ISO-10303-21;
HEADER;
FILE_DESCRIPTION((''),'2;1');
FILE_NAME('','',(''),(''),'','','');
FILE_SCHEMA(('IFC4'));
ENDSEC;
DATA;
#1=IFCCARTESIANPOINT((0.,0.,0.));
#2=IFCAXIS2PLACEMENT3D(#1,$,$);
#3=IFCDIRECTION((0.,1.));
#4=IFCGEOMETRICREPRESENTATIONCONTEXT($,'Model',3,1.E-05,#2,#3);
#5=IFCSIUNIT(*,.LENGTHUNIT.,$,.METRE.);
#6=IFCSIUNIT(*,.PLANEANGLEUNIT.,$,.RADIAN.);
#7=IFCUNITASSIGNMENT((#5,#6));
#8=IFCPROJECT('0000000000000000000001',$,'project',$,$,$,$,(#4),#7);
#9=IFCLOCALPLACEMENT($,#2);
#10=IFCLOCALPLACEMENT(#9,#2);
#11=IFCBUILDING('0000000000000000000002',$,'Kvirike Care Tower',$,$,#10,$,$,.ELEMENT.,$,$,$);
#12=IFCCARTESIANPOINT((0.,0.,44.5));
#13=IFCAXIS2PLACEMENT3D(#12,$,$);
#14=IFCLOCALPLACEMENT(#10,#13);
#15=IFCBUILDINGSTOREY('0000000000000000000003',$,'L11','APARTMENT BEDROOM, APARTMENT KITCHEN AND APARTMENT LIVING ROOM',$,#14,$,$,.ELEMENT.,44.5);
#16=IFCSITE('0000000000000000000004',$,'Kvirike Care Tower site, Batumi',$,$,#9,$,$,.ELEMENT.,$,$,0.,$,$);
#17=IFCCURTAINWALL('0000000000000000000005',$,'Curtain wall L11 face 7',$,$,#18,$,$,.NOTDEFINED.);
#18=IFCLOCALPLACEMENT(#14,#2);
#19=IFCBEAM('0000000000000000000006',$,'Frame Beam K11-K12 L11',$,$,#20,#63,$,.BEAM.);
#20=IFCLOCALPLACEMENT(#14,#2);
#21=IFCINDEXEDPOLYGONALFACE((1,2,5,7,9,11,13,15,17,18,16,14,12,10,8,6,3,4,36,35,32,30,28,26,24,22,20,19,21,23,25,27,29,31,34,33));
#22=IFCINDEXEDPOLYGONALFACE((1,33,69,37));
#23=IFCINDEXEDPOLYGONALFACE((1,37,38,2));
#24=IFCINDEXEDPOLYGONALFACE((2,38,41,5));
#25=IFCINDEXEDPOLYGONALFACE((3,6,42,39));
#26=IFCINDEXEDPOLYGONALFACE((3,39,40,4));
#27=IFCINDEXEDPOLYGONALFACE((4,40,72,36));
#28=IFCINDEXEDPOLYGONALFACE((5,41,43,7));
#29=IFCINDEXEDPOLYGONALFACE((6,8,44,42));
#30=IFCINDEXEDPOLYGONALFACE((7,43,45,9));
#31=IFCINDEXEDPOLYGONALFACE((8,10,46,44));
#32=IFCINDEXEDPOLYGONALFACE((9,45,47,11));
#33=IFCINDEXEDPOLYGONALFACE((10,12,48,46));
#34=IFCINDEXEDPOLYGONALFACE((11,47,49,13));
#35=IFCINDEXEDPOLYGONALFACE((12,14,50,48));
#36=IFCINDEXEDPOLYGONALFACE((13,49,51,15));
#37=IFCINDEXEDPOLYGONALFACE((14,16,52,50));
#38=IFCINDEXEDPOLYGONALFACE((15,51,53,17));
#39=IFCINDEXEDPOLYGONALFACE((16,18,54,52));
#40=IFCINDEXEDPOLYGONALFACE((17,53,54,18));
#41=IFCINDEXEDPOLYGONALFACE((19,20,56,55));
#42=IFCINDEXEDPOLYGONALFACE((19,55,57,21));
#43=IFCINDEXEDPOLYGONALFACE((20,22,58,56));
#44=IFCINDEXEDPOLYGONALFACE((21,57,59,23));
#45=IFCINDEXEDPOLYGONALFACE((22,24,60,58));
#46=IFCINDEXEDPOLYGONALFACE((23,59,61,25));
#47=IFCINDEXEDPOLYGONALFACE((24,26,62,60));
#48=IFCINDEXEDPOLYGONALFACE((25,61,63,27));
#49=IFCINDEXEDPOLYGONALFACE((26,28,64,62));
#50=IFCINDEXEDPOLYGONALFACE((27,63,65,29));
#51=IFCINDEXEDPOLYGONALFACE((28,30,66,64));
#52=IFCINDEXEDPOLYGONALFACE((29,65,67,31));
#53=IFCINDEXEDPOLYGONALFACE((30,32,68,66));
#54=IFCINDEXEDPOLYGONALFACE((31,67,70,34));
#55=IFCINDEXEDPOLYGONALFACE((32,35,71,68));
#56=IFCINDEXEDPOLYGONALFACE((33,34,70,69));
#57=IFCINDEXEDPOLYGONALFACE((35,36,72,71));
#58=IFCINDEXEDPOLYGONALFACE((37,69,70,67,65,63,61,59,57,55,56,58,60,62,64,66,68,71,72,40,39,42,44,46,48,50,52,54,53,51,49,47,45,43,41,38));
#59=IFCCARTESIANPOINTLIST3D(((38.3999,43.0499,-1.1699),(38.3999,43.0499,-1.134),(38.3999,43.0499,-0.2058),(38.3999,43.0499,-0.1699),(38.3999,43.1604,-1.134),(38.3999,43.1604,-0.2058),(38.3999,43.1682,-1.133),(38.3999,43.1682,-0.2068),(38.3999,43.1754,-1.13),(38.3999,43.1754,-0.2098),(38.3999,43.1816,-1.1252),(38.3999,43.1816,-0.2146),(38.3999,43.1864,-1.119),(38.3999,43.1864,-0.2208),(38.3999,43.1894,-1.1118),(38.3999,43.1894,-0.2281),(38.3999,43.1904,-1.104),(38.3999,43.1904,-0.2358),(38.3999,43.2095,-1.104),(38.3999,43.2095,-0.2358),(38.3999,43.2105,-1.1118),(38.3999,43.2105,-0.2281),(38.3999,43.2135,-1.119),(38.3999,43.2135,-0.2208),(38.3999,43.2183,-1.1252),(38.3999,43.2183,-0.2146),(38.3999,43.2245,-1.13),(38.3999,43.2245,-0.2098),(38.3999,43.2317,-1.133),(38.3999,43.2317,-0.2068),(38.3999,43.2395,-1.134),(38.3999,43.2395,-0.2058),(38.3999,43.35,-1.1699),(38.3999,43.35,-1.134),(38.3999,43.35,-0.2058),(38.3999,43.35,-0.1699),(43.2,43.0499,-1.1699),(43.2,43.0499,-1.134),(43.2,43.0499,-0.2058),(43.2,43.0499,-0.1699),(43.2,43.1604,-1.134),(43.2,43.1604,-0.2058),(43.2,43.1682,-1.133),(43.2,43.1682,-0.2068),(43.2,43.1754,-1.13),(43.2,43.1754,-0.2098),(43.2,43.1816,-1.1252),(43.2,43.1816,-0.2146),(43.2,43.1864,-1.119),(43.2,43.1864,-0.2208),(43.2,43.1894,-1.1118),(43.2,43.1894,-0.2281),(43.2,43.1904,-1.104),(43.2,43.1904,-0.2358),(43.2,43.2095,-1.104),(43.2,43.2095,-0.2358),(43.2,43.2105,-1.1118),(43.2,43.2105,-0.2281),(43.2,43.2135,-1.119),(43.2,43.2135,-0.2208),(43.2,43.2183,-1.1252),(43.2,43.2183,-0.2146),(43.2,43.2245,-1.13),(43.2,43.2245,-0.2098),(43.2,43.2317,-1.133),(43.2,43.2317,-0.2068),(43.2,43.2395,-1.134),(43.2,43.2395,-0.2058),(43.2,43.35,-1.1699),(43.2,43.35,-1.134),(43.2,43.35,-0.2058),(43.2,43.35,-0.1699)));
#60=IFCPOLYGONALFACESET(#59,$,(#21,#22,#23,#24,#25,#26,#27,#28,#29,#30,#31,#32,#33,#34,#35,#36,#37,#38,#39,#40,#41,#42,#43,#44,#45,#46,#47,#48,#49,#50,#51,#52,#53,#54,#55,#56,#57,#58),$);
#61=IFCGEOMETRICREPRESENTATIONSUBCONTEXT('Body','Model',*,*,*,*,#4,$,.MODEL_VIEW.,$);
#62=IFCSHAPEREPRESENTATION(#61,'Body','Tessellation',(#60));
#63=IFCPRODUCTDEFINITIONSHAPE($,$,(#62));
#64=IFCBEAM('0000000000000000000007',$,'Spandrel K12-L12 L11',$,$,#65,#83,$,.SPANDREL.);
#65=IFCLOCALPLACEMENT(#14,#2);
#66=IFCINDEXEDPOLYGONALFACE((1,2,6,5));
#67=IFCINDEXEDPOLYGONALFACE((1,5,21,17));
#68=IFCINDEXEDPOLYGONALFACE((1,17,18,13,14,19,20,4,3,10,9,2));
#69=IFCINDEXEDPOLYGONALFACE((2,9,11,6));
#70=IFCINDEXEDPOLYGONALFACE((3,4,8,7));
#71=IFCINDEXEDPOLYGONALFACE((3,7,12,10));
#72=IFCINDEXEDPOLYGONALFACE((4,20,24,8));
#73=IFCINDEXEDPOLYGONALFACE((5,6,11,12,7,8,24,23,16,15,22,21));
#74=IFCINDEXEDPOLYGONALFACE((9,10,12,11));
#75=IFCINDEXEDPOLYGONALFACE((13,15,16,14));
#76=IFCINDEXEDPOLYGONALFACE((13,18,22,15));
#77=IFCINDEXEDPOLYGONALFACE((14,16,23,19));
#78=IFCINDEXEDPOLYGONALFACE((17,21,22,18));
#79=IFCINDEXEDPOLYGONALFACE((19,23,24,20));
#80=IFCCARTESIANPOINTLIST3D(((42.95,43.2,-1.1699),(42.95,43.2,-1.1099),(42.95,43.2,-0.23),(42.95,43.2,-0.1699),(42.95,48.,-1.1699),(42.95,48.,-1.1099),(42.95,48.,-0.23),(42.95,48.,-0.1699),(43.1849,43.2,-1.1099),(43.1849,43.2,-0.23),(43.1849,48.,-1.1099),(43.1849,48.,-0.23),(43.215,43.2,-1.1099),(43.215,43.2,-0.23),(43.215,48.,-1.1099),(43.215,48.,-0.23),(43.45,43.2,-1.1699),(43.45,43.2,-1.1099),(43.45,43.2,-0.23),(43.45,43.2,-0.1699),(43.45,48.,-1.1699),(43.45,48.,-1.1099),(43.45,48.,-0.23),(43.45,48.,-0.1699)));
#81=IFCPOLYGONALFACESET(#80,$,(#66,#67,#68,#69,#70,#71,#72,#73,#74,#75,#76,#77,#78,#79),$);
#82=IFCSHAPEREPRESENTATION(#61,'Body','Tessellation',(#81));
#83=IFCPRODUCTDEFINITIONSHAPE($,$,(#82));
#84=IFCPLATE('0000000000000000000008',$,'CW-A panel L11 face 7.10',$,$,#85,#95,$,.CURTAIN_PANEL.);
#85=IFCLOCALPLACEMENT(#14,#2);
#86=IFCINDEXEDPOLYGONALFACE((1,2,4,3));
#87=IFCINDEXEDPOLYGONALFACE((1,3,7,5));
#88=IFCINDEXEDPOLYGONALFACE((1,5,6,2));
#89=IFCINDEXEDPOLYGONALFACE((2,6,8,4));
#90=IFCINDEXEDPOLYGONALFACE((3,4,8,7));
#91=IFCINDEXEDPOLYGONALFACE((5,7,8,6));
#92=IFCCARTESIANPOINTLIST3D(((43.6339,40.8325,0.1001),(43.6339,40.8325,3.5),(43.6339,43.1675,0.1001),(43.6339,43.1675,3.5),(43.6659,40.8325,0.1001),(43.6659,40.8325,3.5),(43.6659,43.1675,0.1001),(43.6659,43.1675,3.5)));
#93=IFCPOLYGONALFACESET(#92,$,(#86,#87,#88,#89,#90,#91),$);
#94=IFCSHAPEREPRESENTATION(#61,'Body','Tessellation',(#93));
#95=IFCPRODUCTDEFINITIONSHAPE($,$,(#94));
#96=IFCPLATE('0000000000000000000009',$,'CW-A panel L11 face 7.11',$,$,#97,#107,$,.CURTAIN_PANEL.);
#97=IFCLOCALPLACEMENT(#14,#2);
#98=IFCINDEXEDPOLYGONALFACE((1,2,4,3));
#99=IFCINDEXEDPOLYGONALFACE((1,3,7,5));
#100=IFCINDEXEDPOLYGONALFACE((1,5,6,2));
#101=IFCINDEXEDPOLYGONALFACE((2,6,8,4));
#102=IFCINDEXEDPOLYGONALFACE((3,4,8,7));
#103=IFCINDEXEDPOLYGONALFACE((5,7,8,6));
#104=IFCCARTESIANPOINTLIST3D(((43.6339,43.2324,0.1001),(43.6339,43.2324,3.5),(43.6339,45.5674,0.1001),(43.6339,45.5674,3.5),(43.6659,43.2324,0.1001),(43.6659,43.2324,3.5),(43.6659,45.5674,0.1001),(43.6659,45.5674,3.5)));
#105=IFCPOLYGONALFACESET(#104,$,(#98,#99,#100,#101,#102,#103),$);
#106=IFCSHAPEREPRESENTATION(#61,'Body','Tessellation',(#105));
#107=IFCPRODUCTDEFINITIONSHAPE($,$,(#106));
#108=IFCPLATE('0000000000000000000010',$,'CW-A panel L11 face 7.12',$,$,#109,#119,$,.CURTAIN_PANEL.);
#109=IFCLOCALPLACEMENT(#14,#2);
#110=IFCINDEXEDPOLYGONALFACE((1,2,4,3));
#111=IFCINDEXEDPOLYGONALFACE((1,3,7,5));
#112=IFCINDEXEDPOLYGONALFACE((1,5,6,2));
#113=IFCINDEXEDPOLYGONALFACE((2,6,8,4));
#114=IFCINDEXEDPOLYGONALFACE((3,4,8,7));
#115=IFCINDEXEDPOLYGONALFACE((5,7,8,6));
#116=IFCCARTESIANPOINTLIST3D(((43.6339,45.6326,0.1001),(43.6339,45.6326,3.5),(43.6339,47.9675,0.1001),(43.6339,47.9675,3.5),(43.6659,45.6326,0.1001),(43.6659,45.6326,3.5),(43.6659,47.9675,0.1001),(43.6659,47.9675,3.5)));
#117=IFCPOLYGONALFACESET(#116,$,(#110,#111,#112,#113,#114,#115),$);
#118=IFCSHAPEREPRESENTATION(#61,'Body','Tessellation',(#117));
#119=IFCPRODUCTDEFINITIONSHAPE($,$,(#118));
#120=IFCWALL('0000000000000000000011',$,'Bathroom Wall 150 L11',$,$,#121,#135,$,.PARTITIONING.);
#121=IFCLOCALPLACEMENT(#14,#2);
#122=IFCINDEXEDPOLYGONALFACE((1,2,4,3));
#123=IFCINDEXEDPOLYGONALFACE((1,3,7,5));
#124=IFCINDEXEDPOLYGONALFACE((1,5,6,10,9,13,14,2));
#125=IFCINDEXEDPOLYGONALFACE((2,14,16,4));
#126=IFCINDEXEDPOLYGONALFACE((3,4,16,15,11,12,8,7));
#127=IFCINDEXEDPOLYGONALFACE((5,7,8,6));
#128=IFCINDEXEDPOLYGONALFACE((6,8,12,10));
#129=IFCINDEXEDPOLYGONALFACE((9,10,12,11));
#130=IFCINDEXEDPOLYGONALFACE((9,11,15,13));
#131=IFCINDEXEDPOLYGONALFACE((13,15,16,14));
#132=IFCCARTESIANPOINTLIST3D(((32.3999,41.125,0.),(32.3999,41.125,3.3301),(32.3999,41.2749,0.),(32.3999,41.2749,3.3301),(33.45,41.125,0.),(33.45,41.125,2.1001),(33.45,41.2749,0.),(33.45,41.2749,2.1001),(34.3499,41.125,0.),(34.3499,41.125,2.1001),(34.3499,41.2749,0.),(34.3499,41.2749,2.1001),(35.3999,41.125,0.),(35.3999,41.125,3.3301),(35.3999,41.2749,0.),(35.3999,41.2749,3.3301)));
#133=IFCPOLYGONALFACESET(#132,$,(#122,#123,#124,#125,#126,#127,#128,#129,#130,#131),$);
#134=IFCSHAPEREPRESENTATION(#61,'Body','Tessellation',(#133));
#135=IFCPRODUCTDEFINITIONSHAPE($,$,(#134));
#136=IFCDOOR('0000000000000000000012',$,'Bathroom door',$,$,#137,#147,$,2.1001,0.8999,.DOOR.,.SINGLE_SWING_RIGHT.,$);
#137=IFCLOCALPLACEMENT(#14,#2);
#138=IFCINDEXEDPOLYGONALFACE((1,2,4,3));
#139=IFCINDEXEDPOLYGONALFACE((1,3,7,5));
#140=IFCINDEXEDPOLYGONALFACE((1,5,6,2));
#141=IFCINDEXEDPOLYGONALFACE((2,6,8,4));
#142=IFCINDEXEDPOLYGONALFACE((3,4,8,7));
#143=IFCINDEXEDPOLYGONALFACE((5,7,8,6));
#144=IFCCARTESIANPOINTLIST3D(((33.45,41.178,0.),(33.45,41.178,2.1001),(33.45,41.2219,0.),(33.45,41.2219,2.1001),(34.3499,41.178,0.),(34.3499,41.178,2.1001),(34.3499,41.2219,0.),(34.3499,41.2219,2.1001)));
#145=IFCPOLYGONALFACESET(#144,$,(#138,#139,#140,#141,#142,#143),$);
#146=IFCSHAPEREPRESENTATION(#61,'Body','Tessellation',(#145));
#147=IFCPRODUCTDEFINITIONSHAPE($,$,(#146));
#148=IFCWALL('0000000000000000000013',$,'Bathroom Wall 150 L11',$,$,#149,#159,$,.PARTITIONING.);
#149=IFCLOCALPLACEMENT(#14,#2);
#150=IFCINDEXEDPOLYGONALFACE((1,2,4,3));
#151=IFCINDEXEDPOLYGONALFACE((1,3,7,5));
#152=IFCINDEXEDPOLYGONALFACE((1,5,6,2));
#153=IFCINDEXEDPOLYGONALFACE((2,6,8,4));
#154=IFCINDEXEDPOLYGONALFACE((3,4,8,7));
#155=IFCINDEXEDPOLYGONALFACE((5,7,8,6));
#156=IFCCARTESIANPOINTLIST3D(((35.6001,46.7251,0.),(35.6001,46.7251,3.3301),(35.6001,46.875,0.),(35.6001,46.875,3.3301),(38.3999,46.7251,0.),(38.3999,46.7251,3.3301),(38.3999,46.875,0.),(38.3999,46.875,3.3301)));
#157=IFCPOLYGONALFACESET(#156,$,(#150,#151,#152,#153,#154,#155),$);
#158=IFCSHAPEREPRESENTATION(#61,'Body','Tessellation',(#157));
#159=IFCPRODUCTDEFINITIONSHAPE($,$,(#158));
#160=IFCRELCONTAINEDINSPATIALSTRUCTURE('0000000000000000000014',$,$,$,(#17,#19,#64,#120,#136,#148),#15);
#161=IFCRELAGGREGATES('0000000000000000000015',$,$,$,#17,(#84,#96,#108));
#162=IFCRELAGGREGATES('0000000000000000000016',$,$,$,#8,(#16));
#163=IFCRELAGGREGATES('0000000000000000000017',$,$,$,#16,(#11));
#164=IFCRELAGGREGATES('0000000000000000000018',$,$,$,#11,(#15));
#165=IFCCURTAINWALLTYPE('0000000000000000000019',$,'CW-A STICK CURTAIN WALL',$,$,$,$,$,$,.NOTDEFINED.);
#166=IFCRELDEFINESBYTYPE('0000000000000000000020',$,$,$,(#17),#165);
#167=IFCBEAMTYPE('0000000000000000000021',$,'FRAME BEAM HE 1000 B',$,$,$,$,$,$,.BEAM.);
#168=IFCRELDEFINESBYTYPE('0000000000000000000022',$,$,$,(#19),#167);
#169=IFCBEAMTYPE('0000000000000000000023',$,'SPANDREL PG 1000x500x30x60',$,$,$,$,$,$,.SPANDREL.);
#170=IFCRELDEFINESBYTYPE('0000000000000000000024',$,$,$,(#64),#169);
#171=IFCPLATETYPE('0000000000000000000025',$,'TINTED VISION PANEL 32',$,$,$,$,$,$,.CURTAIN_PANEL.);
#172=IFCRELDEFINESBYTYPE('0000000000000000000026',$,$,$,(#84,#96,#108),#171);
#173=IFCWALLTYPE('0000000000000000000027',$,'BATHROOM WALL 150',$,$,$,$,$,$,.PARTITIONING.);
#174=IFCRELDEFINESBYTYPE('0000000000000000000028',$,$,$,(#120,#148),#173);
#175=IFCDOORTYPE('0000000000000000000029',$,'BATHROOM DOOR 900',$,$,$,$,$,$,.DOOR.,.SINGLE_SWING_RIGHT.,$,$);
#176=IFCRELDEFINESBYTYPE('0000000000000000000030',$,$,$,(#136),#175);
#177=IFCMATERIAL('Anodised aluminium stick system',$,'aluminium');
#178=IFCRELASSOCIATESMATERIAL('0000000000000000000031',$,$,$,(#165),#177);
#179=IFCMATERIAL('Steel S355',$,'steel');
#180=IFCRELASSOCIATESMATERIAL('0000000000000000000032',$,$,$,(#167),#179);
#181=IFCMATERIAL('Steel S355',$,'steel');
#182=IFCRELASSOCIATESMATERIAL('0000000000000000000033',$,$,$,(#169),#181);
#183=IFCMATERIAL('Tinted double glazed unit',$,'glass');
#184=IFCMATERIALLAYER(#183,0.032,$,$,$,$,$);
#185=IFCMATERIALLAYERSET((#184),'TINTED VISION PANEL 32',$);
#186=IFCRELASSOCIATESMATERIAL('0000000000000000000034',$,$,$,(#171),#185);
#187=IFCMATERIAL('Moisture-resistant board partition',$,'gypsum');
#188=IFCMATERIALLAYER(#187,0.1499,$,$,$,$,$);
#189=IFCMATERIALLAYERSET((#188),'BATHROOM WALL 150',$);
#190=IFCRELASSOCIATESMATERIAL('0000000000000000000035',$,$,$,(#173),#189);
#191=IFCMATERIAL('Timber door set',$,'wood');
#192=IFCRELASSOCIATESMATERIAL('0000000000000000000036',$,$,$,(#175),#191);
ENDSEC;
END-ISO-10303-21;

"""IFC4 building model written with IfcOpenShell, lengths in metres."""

from ifc_helpers import new_model, si_unit, direction, frame, frame_2d, origin, origin_2d, place, context, subcontext, project, spatial, rectangle, i_section, extrude, material, layer, layer_set, material_profile, profile_set, type_object, element, fill, aggregate, save


model = new_model("IFC4")

# Units and contexts
model_context = context("Model", 3, precision=1e-05, world=origin(), true_north=direction((0.0, 1.0)))
body_context = subcontext(model_context, "Body", "Model", "MODEL_VIEW")
ifc_project = project(units=[si_unit("LENGTHUNIT", "METRE"), si_unit("PLANEANGLEUNIT", "RADIAN")], contexts=[model_context])

# Site, building, storey
site_placement = place(None, origin())
site = spatial("IfcSite", under=ifc_project, at=site_placement, Name="Kvirike Care Tower site, Batumi", CompositionType="ELEMENT", RefElevation=0.0)
building_placement = place(site_placement, origin())
building = spatial("IfcBuilding", under=site, at=building_placement, Name="Kvirike Care Tower", CompositionType="ELEMENT")
storey_placement = place(building_placement, frame((0.0, 0.0, 44.5)))
storey = spatial("IfcBuildingStorey", under=building, at=storey_placement, Name="L11", Description="APARTMENT BEDROOM, APARTMENT KITCHEN AND APARTMENT LIVING ROOM", CompositionType="ELEMENT", Elevation=44.5)

# Curtain wall
ifc_material_1 = material(Name="Anodised aluminium stick system", Category="aluminium")
curtain_wall_type = type_object("IfcCurtainWallType", Name="CW-A STICK CURTAIN WALL", PredefinedType="NOTDEFINED", material=ifc_material_1)
curtain_wall_placement = place(storey_placement, origin())
curtain_wall = element("IfcCurtainWall", 1, at=curtain_wall_placement, inside=storey, type_object=curtain_wall_type, Name="Curtain wall L11 face 7", PredefinedType="NOTDEFINED")

# Beams
ifc_material_2 = material(Name="Steel S355", Category="steel")
ifc_material_profile_1 = material_profile(ifc_material_2, i_section(OverallWidth=0.3, OverallDepth=1.0, WebThickness=0.019, FlangeThickness=0.0359, FilletRadius=0.03, at=origin_2d()), Name="HE 1000 B")
ifc_profile_set_1 = profile_set([ifc_material_profile_1], Name="Steel S355")
beam_type_1 = type_object("IfcBeamType", Name="FRAME BEAM HE 1000 B", PredefinedType="BEAM", material=ifc_profile_set_1)
beam_1_placement = place(storey_placement, frame((38.3999, 43.2, -0.6699), z_axis=(1.0, 0.0, 0.0), x_axis=(0.0, 1.0, 0.0)))
element("IfcBeam", 2, at=beam_1_placement, inside=storey, type_object=beam_type_1, Name="Frame Beam K11-K12 L11", PredefinedType="BEAM", context=body_context, shape_type="SweptSolid", body=[
    extrude(i_section(OverallWidth=0.3, OverallDepth=1.0, WebThickness=0.019, FlangeThickness=0.0359, FilletRadius=0.03, at=origin_2d()), origin(), (0.0, 0.0, 1.0), 4.8),
])
ifc_material_3 = material(Name="Steel S355", Category="steel")
ifc_material_profile_2 = material_profile(ifc_material_3, i_section(OverallWidth=0.5, OverallDepth=1.0, WebThickness=0.03, FlangeThickness=0.0601, at=origin_2d()), Name="PG 1000x500x30x60")
ifc_profile_set_2 = profile_set([ifc_material_profile_2], Name="Steel S355")
beam_type_2 = type_object("IfcBeamType", Name="SPANDREL PG 1000x500x30x60", PredefinedType="SPANDREL", material=ifc_profile_set_2)
beam_2_placement = place(storey_placement, frame((43.2, 43.2, -0.6699), z_axis=(0.0, 1.0, 0.0), x_axis=(-1.0, 0.0, 0.0)))
element("IfcBeam", 3, at=beam_2_placement, inside=storey, type_object=beam_type_2, Name="Spandrel K12-L12 L11", PredefinedType="SPANDREL", context=body_context, shape_type="SweptSolid", body=[
    extrude(i_section(OverallWidth=0.5, OverallDepth=1.0, WebThickness=0.03, FlangeThickness=0.0601, at=origin_2d()), origin(), (0.0, 0.0, 1.0), 4.8),
])

# Plates
ifc_material_4 = material(Name="Tinted double glazed unit", Category="glass")
ifc_layer_1 = layer(ifc_material_4, 0.032)
ifc_layer_set_1 = layer_set([ifc_layer_1], Name="TINTED VISION PANEL 32")
plate_type = type_object("IfcPlateType", Name="TINTED VISION PANEL 32", PredefinedType="CURTAIN_PANEL", material=ifc_layer_set_1)
plate_1_placement = place(storey_placement, frame((43.6499, 42.0, 0.1001), z_axis=(0.0, 0.0, 1.0), x_axis=(0.0, 1.0, 0.0)))
plate_1 = element("IfcPlate", 4, at=plate_1_placement, type_object=plate_type, Name="CW-A panel L11 face 7.10", PredefinedType="CURTAIN_PANEL", context=body_context, shape_type="SweptSolid", body=[
    extrude(rectangle(XDim=2.335, YDim=0.032, at=origin_2d()), origin(), (0.0, 0.0, 1.0), 3.3999),
])
plate_2_placement = place(storey_placement, frame((43.6499, 44.3999, 0.1001), z_axis=(0.0, 0.0, 1.0), x_axis=(0.0, 1.0, 0.0)))
plate_2 = element("IfcPlate", 5, at=plate_2_placement, type_object=plate_type, Name="CW-A panel L11 face 7.11", PredefinedType="CURTAIN_PANEL", context=body_context, shape_type="SweptSolid", body=[
    extrude(rectangle(XDim=2.335, YDim=0.032, at=origin_2d()), origin(), (0.0, 0.0, 1.0), 3.3999),
])
plate_3_placement = place(storey_placement, frame((43.6499, 46.8, 0.1001), z_axis=(0.0, 0.0, 1.0), x_axis=(0.0, 1.0, 0.0)))
plate_3 = element("IfcPlate", 6, at=plate_3_placement, type_object=plate_type, Name="CW-A panel L11 face 7.12", PredefinedType="CURTAIN_PANEL", context=body_context, shape_type="SweptSolid", body=[
    extrude(rectangle(XDim=2.335, YDim=0.032, at=origin_2d()), origin(), (0.0, 0.0, 1.0), 3.3999),
])
aggregate(curtain_wall, [plate_1, plate_2, plate_3])

# Wall, opening, door
ifc_material_5 = material(Name="Moisture-resistant board partition", Category="gypsum")
ifc_layer_2 = layer(ifc_material_5, 0.1499)
ifc_layer_set_2 = layer_set([ifc_layer_2], Name="BATHROOM WALL 150")
wall_type_1 = type_object("IfcWallType", Name="BATHROOM WALL 150", PredefinedType="PARTITIONING", material=ifc_layer_set_2)
wall_1_placement = place(storey_placement, frame((35.3999, 41.2, 0.0), z_axis=(0.0, 0.0, 1.0), x_axis=(-1.0, 0.0, 0.0)))
wall_1 = element("IfcWall", 7, at=wall_1_placement, inside=storey, type_object=wall_type_1, Name="Bathroom Wall 150 L11", PredefinedType="PARTITIONING", context=body_context, shape_type="SweptSolid", body=[
    extrude(rectangle(XDim=3.0, YDim=0.1499, at=frame_2d((1.5, 0.0))), origin(), (0.0, 0.0, 1.0), 3.3301),
])
opening_1_placement = place(wall_1_placement, frame((1.05, 0.0, 0.0)))
opening_1 = element("IfcOpeningElement", 8, at=opening_1_placement, cuts=wall_1, PredefinedType="OPENING", context=body_context, shape_type="SweptSolid", body=[
    extrude(rectangle(XDim=0.8999, YDim=2.1001, at=frame_2d((0.45, 1.05))), frame((0.0, 0.0854, 0.0), z_axis=(0.0, -1.0, 0.0), x_axis=(1.0, 0.0, 0.0)), (0.0, 0.0, 1.0), 0.1709),
])
ifc_material_6 = material(Name="Timber door set", Category="wood")
door_type_1 = type_object("IfcDoorType", Name="BATHROOM DOOR 900", OperationType="SINGLE_SWING_RIGHT", PredefinedType="DOOR", material=ifc_material_6)
door_1_placement = place(opening_1_placement, origin())
door_1 = element("IfcDoor", 9, at=door_1_placement, inside=storey, type_object=door_type_1, Name="Bathroom door", OperationType="SINGLE_SWING_RIGHT", OverallHeight=2.1001, OverallWidth=0.8999, PredefinedType="DOOR", context=body_context, shape_type="SweptSolid", body=[
    extrude(rectangle(XDim=0.8999, YDim=2.1001, at=frame_2d((0.45, 1.05))), frame((0.0, 0.022, 0.0), z_axis=(0.0, -1.0, 0.0), x_axis=(1.0, 0.0, 0.0)), (0.0, 0.0, 1.0), 0.0439),
])
fill(opening_1, door_1)

# Wall
wall_2_placement = place(storey_placement, frame((38.3999, 46.8, 0.0), z_axis=(0.0, 0.0, 1.0), x_axis=(-1.0, 0.0, 0.0)))
element("IfcWall", 10, at=wall_2_placement, inside=storey, type_object=wall_type_1, Name="Bathroom Wall 150 L11", PredefinedType="PARTITIONING", context=body_context, shape_type="SweptSolid", body=[
    extrude(rectangle(XDim=2.7998, YDim=0.1499, at=frame_2d((1.3999, 0.0))), origin(), (0.0, 0.0, 1.0), 3.3301),
])

save(model, "model.ifc")
